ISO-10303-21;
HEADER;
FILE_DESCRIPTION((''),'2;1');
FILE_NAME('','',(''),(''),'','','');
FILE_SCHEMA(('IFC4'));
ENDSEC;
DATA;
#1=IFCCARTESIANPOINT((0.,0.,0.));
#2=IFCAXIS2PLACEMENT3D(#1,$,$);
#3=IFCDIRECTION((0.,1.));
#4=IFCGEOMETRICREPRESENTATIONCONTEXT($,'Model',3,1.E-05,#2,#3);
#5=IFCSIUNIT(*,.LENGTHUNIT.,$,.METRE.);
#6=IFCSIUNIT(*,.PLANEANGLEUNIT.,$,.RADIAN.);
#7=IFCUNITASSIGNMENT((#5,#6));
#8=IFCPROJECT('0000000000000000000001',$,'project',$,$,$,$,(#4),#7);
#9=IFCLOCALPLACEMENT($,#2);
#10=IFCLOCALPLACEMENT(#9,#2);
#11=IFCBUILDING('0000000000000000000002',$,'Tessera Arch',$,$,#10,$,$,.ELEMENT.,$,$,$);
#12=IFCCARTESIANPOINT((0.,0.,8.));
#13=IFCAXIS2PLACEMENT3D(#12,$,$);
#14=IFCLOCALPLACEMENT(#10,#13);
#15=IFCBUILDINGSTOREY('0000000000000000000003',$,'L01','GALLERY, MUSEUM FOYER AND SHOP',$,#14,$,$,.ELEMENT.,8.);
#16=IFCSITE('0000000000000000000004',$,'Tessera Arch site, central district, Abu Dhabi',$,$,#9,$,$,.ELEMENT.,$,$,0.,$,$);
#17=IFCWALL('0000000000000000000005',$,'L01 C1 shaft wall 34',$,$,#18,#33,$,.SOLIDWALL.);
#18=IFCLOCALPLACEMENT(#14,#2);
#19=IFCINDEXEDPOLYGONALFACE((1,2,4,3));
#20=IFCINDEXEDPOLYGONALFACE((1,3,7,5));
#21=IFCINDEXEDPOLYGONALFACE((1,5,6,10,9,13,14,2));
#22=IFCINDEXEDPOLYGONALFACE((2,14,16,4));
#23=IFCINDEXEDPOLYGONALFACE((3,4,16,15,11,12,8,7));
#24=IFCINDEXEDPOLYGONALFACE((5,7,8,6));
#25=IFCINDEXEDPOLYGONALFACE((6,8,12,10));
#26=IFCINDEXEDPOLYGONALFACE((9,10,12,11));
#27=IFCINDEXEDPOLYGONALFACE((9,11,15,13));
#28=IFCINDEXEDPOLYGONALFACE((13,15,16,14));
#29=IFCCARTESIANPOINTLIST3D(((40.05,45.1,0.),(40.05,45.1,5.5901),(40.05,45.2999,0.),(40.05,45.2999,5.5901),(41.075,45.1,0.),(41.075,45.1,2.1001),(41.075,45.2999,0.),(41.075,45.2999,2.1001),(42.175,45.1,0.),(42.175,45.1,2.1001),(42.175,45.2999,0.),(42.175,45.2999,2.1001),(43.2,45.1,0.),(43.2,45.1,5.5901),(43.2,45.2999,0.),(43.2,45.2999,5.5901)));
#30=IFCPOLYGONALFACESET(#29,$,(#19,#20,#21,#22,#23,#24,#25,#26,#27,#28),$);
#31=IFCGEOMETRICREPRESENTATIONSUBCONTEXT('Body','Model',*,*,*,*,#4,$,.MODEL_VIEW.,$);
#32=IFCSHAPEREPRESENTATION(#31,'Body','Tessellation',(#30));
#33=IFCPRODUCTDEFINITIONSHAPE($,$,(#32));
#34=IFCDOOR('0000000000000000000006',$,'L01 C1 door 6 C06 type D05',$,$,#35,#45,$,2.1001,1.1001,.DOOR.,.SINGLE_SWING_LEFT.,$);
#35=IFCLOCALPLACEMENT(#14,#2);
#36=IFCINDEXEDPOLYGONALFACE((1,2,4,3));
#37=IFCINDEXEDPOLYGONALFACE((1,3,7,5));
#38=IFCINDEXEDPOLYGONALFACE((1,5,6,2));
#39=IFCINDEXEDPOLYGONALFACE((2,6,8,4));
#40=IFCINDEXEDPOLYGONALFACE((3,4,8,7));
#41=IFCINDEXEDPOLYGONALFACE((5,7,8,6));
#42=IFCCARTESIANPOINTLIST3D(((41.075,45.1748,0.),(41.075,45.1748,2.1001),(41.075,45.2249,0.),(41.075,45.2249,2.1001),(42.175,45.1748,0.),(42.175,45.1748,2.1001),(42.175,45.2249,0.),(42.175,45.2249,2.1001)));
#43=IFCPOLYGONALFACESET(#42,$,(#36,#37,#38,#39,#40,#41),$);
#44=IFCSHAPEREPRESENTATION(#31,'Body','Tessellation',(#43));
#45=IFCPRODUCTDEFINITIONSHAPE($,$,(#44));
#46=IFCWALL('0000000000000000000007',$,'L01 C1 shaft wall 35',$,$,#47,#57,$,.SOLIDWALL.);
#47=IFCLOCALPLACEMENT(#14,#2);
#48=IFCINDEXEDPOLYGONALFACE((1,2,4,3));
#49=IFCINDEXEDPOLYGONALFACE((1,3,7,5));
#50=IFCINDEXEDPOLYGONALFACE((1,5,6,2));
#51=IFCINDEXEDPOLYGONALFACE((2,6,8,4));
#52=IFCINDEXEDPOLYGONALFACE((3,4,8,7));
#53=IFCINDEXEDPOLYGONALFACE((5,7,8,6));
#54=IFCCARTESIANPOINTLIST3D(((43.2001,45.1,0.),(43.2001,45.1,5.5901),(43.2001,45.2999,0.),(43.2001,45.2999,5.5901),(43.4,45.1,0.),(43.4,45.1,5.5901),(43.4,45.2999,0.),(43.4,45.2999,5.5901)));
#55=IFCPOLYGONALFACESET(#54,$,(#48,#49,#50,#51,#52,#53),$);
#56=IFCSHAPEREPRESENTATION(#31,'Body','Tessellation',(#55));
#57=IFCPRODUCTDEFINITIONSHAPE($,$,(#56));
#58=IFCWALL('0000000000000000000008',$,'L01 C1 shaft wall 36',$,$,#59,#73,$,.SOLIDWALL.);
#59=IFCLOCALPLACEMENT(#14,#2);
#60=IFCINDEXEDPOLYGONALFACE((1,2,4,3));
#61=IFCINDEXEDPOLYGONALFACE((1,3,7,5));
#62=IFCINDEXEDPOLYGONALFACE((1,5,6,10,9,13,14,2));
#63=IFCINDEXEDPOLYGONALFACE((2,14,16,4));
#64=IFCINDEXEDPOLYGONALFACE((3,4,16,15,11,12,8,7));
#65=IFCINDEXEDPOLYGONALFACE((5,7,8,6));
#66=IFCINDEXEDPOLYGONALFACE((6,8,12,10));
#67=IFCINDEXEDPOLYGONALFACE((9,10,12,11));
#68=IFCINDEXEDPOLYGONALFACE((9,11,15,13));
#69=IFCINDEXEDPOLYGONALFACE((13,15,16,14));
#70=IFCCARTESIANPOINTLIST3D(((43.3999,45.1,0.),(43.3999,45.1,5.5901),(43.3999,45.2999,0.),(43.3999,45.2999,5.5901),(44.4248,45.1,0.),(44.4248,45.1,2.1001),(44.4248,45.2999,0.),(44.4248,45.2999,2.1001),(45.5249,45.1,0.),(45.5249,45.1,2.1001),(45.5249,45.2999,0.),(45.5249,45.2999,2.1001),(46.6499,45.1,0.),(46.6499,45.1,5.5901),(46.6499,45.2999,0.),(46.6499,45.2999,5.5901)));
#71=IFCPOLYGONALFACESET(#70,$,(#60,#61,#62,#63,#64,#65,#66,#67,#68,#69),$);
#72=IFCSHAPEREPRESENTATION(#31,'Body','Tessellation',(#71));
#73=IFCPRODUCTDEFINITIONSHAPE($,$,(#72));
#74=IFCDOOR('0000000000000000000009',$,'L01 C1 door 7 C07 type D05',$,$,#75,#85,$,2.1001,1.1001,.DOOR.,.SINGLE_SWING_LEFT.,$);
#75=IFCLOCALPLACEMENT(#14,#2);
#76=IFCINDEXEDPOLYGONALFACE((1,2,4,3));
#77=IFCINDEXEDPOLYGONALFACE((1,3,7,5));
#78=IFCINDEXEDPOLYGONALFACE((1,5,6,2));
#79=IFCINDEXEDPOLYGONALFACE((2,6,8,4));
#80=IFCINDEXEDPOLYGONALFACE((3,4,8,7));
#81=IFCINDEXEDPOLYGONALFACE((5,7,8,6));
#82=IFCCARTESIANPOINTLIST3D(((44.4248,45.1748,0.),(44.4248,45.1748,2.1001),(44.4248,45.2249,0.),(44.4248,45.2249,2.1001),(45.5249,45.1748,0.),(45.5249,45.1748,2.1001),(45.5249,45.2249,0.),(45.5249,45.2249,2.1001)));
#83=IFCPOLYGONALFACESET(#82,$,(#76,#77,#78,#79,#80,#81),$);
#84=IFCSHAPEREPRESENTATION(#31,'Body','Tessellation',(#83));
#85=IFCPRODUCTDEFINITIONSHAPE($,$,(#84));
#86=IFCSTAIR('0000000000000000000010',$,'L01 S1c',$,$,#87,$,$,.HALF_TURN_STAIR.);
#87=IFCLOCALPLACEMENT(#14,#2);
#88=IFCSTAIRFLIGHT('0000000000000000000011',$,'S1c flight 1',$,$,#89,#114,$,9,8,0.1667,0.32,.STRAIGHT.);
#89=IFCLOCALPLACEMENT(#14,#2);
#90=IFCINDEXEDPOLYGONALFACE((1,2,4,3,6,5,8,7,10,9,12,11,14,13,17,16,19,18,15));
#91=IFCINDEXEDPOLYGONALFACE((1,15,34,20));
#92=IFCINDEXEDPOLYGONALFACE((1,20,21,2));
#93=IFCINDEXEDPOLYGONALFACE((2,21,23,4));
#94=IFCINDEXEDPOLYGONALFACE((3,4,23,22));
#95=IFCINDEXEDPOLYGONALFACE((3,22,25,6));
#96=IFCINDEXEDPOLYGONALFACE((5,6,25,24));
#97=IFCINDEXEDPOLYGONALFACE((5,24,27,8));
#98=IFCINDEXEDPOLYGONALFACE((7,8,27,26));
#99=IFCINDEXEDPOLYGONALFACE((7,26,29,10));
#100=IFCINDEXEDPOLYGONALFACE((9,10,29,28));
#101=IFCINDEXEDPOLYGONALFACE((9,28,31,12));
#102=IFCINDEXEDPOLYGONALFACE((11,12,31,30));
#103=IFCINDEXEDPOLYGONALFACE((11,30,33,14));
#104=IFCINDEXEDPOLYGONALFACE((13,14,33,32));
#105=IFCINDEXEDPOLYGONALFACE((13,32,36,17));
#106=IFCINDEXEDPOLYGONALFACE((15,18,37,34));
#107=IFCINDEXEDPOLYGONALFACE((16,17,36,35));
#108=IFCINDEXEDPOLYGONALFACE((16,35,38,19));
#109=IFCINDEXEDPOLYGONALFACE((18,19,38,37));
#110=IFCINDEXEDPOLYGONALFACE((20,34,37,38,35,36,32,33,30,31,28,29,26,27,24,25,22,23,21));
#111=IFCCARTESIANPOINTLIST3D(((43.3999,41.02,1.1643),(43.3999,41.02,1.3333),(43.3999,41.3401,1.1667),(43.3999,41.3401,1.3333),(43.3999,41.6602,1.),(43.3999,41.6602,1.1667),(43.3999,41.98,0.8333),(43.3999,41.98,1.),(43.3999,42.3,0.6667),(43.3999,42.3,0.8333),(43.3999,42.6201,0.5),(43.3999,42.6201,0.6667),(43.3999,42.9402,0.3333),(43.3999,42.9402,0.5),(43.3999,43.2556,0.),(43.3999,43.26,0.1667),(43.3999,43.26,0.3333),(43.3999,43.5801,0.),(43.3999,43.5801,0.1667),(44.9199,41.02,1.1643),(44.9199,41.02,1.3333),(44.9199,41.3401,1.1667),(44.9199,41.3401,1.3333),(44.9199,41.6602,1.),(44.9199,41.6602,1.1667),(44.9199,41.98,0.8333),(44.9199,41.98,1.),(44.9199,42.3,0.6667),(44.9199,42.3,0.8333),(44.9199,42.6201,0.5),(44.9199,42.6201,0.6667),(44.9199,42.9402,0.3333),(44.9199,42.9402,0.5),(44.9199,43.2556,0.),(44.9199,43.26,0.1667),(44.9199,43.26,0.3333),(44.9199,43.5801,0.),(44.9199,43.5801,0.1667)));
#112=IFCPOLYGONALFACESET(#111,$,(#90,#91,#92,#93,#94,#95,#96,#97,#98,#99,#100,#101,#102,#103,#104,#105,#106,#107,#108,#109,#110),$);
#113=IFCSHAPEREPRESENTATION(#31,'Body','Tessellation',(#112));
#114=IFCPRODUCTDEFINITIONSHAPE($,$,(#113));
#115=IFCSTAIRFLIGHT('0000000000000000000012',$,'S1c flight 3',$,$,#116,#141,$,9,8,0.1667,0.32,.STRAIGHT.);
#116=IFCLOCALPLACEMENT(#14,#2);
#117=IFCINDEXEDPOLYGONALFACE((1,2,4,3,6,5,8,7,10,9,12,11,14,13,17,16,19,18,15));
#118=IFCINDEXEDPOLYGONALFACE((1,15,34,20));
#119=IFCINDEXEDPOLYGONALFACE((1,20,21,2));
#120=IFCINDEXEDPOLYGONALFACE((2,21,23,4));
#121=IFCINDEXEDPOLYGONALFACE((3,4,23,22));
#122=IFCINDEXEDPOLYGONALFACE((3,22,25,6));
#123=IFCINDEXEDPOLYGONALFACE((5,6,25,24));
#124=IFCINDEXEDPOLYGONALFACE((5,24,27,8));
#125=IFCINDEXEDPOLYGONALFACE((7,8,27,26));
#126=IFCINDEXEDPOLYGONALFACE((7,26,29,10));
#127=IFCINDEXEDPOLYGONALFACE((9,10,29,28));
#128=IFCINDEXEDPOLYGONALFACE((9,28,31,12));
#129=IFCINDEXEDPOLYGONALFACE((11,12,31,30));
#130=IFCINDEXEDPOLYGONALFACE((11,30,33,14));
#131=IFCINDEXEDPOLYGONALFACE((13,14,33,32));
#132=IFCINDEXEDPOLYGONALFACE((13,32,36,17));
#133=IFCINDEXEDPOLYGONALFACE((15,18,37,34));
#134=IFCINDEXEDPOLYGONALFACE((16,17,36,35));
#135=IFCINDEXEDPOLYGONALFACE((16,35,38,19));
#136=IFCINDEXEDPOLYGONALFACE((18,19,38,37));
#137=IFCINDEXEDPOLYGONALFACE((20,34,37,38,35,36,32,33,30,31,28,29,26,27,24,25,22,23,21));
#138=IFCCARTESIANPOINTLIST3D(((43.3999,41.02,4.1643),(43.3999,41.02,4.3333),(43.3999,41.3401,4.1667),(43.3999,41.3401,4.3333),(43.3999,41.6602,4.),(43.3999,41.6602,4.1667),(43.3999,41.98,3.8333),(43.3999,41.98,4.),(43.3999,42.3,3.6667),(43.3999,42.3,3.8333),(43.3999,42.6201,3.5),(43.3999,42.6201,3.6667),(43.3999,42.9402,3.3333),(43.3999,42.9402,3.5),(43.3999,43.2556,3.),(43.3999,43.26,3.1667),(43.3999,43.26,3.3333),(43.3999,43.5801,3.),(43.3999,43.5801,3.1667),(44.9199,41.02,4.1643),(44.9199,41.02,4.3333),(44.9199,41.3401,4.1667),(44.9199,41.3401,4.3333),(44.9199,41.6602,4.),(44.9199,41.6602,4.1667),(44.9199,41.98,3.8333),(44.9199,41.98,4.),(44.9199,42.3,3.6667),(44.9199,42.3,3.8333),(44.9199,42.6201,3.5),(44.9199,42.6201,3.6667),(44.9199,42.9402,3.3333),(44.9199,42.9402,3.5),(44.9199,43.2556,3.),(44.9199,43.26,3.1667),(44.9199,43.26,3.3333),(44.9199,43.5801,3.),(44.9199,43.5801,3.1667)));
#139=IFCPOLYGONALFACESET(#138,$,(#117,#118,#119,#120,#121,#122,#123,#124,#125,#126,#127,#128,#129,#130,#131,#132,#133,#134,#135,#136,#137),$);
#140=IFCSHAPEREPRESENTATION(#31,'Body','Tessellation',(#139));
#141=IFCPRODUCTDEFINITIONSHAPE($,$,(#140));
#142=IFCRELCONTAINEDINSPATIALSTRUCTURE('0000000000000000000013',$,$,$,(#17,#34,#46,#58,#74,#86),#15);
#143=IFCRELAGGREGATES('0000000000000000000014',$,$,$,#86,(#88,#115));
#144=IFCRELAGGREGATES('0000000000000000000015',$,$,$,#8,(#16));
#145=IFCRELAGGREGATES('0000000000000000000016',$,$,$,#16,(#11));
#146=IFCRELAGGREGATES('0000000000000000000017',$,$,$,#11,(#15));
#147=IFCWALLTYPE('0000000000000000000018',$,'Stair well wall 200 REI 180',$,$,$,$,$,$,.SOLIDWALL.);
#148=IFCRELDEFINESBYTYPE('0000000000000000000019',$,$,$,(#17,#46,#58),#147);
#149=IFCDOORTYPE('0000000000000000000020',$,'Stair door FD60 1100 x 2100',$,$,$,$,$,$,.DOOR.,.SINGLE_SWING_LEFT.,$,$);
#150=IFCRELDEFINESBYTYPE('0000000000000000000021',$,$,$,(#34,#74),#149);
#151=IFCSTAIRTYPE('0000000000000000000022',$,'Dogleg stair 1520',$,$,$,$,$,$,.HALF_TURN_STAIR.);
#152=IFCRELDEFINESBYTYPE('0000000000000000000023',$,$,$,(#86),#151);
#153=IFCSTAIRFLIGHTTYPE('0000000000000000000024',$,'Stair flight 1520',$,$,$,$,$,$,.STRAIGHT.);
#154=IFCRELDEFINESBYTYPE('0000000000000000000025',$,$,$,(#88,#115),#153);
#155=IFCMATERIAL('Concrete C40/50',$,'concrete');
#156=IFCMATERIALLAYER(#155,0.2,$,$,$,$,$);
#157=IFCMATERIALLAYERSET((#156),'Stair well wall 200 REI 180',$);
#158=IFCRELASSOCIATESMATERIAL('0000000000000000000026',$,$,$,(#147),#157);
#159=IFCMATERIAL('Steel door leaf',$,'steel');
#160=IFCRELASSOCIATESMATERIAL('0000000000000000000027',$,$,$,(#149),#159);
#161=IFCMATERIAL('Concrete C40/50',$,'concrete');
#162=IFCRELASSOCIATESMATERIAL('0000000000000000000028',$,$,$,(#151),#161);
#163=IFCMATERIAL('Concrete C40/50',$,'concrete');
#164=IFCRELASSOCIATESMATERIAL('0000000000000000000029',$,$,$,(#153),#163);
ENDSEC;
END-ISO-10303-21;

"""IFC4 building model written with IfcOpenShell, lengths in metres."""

from ifc_helpers import new_model, si_unit, direction, frame, frame_2d, origin, place, context, subcontext, project, spatial, polyline, rectangle, outline, extrude, material, layer, layer_set, type_object, element, fill, aggregate, save


model = new_model("IFC4")

# Units and contexts
model_context = context("Model", 3, precision=1e-05, world=origin(), true_north=direction((0.0, 1.0)))
body_context = subcontext(model_context, "Body", "Model", "MODEL_VIEW")
ifc_project = project(units=[si_unit("LENGTHUNIT", "METRE"), si_unit("PLANEANGLEUNIT", "RADIAN")], contexts=[model_context])

# Site, building, storey
site_placement = place(None, origin())
site = spatial("IfcSite", under=ifc_project, at=site_placement, Name="Tessera Arch site, central district, Abu Dhabi", CompositionType="ELEMENT", RefElevation=0.0)
building_placement = place(site_placement, origin())
building = spatial("IfcBuilding", under=site, at=building_placement, Name="Tessera Arch", CompositionType="ELEMENT")
storey_placement = place(building_placement, frame((0.0, 0.0, 8.0)))
storey = spatial("IfcBuildingStorey", under=building, at=storey_placement, Name="L01", Description="GALLERY, MUSEUM FOYER AND SHOP", CompositionType="ELEMENT", Elevation=8.0)

# Shared definitions
ifc_material_1 = material(Name="Concrete C40/50", Category="concrete")
ifc_layer_1 = layer(ifc_material_1, 0.2)
ifc_layer_set_1 = layer_set([ifc_layer_1], Name="Stair well wall 200 REI 180")
wall_type_1 = type_object("IfcWallType", Name="Stair well wall 200 REI 180", PredefinedType="SOLIDWALL", material=ifc_layer_set_1)

# Wall, opening, door
wall_1_placement = place(storey_placement, frame((40.05, 45.2, 0.0), z_axis=(0.0, 0.0, 1.0), x_axis=(1.0, 0.0, 0.0)))
wall_1 = element("IfcWall", 1, at=wall_1_placement, inside=storey, type_object=wall_type_1, Name="L01 C1 shaft wall 34", PredefinedType="SOLIDWALL", context=body_context, shape_type="SweptSolid", body=[
    extrude(rectangle(XDim=3.1499, YDim=0.2, at=frame_2d((1.575, 0.0))), origin(), (0.0, 0.0, 1.0), 5.5901),
])
opening_1_placement = place(wall_1_placement, frame((1.0249, 0.0, 0.0)))
opening_1 = element("IfcOpeningElement", 2, at=opening_1_placement, cuts=wall_1, PredefinedType="OPENING", context=body_context, shape_type="SweptSolid", body=[
    extrude(rectangle(XDim=1.1001, YDim=2.1001, at=frame_2d((0.55, 1.05))), frame((0.0, 0.1099, 0.0), z_axis=(0.0, -1.0, 0.0), x_axis=(1.0, 0.0, 0.0)), (0.0, 0.0, 1.0), 0.22),
])
ifc_material_2 = material(Name="Steel door leaf", Category="steel")
door_type_1 = type_object("IfcDoorType", Name="Stair door FD60 1100 x 2100", OperationType="SINGLE_SWING_LEFT", PredefinedType="DOOR", material=ifc_material_2)
door_1_placement = place(opening_1_placement, origin())
door_1 = element("IfcDoor", 3, at=door_1_placement, inside=storey, type_object=door_type_1, Name="L01 C1 door 6 C06 type D05", OperationType="SINGLE_SWING_LEFT", OverallHeight=2.1001, OverallWidth=1.1001, PredefinedType="DOOR", context=body_context, shape_type="SweptSolid", body=[
    extrude(rectangle(XDim=1.1001, YDim=2.1001, at=frame_2d((0.55, 1.05))), frame((0.0, 0.0249, 0.0), z_axis=(0.0, -1.0, 0.0), x_axis=(1.0, 0.0, 0.0)), (0.0, 0.0, 1.0), 0.05),
])
fill(opening_1, door_1)

# Wall
wall_2_placement = place(storey_placement, frame((43.2, 45.2, 0.0), z_axis=(0.0, 0.0, 1.0), x_axis=(1.0, 0.0, 0.0)))
element("IfcWall", 4, at=wall_2_placement, inside=storey, type_object=wall_type_1, Name="L01 C1 shaft wall 35", PredefinedType="SOLIDWALL", context=body_context, shape_type="SweptSolid", body=[
    extrude(rectangle(XDim=0.2, YDim=0.2, at=frame_2d((0.1001, 0.0))), origin(), (0.0, 0.0, 1.0), 5.5901),
])

# Wall, opening, door
wall_3_placement = place(storey_placement, frame((43.3999, 45.2, 0.0), z_axis=(0.0, 0.0, 1.0), x_axis=(1.0, 0.0, 0.0)))
wall_3 = element("IfcWall", 5, at=wall_3_placement, inside=storey, type_object=wall_type_1, Name="L01 C1 shaft wall 36", PredefinedType="SOLIDWALL", context=body_context, shape_type="SweptSolid", body=[
    extrude(rectangle(XDim=3.25, YDim=0.2, at=frame_2d((1.625, 0.0))), origin(), (0.0, 0.0, 1.0), 5.5901),
])
opening_2_placement = place(wall_3_placement, frame((1.0249, 0.0, 0.0)))
opening_2 = element("IfcOpeningElement", 6, at=opening_2_placement, cuts=wall_3, PredefinedType="OPENING", context=body_context, shape_type="SweptSolid", body=[
    extrude(rectangle(XDim=1.1001, YDim=2.1001, at=frame_2d((0.55, 1.05))), frame((0.0, 0.1099, 0.0), z_axis=(0.0, -1.0, 0.0), x_axis=(1.0, 0.0, 0.0)), (0.0, 0.0, 1.0), 0.22),
])
door_2_placement = place(opening_2_placement, origin())
door_2 = element("IfcDoor", 7, at=door_2_placement, inside=storey, type_object=door_type_1, Name="L01 C1 door 7 C07 type D05", OperationType="SINGLE_SWING_LEFT", OverallHeight=2.1001, OverallWidth=1.1001, PredefinedType="DOOR", context=body_context, shape_type="SweptSolid", body=[
    extrude(rectangle(XDim=1.1001, YDim=2.1001, at=frame_2d((0.55, 1.05))), frame((0.0, 0.0249, 0.0), z_axis=(0.0, -1.0, 0.0), x_axis=(1.0, 0.0, 0.0)), (0.0, 0.0, 1.0), 0.05),
])
fill(opening_2, door_2)

# Stair, stair flights
ifc_material_3 = material(Name="Concrete C40/50", Category="concrete")
stair_type = type_object("IfcStairType", Name="Dogleg stair 1520", PredefinedType="HALF_TURN_STAIR", material=ifc_material_3)
stair_placement = place(storey_placement, origin())
stair = element("IfcStair", 8, at=stair_placement, inside=storey, type_object=stair_type, Name="L01 S1c", PredefinedType="HALF_TURN_STAIR")
ifc_material_4 = material(Name="Concrete C40/50", Category="concrete")
stair_flight_type = type_object("IfcStairFlightType", Name="Stair flight 1520", PredefinedType="STRAIGHT", material=ifc_material_4)
stair_flight_1_placement = place(storey_placement, frame((44.1599, 43.5801, 0.0), z_axis=(0.0, 0.0, 1.0), x_axis=(0.0, -1.0, 0.0)))
stair_flight_1 = element("IfcStairFlight", 9, at=stair_flight_1_placement, type_object=stair_flight_type, Name="S1c flight 1", NumberOfRisers=9, NumberOfTreads=8, PredefinedType="STRAIGHT", RiserHeight=0.1667, TreadLength=0.32, context=body_context, shape_type="SweptSolid", body=[
    extrude(outline(polyline([(0.0, 0.0), (0.0, 0.1667), (0.3201, 0.1667), (0.3201, 0.3333), (0.6399, 0.3333), (0.6399, 0.5), (0.96, 0.5), (0.96, 0.6667), (1.28, 0.6667), (1.28, 0.8333), (1.6001, 0.8333), (1.6001, 1.0), (1.9199, 1.0), (1.9199, 1.1667), (2.24, 1.1667), (2.24, 1.3333), (2.5601, 1.3333), (2.5601, 1.5), (2.5601, 1.1643), (0.3245, 0.0), (0.0, 0.0)])), frame((0.0, 0.76, 0.0), z_axis=(0.0, -1.0, 0.0), x_axis=(1.0, 0.0, 0.0)), (0.0, 0.0, 1.0), 1.52),
])
stair_flight_2_placement = place(storey_placement, frame((44.1599, 43.5801, 3.0), z_axis=(0.0, 0.0, 1.0), x_axis=(0.0, -1.0, 0.0)))
stair_flight_2 = element("IfcStairFlight", 10, at=stair_flight_2_placement, type_object=stair_flight_type, Name="S1c flight 3", NumberOfRisers=9, NumberOfTreads=8, PredefinedType="STRAIGHT", RiserHeight=0.1667, TreadLength=0.32, context=body_context, shape_type="SweptSolid", body=[
    extrude(outline(polyline([(0.0, 0.0), (0.0, 0.1667), (0.3201, 0.1667), (0.3201, 0.3333), (0.6399, 0.3333), (0.6399, 0.5), (0.96, 0.5), (0.96, 0.6667), (1.28, 0.6667), (1.28, 0.8333), (1.6001, 0.8333), (1.6001, 1.0), (1.9199, 1.0), (1.9199, 1.1667), (2.24, 1.1667), (2.24, 1.3333), (2.5601, 1.3333), (2.5601, 1.5), (2.5601, 1.1643), (0.3245, 0.0), (0.0, 0.0)])), frame((0.0, 0.76, 0.0), z_axis=(0.0, -1.0, 0.0), x_axis=(1.0, 0.0, 0.0)), (0.0, 0.0, 1.0), 1.52),
])
aggregate(stair, [stair_flight_1, stair_flight_2])

save(model, "model.ifc")
